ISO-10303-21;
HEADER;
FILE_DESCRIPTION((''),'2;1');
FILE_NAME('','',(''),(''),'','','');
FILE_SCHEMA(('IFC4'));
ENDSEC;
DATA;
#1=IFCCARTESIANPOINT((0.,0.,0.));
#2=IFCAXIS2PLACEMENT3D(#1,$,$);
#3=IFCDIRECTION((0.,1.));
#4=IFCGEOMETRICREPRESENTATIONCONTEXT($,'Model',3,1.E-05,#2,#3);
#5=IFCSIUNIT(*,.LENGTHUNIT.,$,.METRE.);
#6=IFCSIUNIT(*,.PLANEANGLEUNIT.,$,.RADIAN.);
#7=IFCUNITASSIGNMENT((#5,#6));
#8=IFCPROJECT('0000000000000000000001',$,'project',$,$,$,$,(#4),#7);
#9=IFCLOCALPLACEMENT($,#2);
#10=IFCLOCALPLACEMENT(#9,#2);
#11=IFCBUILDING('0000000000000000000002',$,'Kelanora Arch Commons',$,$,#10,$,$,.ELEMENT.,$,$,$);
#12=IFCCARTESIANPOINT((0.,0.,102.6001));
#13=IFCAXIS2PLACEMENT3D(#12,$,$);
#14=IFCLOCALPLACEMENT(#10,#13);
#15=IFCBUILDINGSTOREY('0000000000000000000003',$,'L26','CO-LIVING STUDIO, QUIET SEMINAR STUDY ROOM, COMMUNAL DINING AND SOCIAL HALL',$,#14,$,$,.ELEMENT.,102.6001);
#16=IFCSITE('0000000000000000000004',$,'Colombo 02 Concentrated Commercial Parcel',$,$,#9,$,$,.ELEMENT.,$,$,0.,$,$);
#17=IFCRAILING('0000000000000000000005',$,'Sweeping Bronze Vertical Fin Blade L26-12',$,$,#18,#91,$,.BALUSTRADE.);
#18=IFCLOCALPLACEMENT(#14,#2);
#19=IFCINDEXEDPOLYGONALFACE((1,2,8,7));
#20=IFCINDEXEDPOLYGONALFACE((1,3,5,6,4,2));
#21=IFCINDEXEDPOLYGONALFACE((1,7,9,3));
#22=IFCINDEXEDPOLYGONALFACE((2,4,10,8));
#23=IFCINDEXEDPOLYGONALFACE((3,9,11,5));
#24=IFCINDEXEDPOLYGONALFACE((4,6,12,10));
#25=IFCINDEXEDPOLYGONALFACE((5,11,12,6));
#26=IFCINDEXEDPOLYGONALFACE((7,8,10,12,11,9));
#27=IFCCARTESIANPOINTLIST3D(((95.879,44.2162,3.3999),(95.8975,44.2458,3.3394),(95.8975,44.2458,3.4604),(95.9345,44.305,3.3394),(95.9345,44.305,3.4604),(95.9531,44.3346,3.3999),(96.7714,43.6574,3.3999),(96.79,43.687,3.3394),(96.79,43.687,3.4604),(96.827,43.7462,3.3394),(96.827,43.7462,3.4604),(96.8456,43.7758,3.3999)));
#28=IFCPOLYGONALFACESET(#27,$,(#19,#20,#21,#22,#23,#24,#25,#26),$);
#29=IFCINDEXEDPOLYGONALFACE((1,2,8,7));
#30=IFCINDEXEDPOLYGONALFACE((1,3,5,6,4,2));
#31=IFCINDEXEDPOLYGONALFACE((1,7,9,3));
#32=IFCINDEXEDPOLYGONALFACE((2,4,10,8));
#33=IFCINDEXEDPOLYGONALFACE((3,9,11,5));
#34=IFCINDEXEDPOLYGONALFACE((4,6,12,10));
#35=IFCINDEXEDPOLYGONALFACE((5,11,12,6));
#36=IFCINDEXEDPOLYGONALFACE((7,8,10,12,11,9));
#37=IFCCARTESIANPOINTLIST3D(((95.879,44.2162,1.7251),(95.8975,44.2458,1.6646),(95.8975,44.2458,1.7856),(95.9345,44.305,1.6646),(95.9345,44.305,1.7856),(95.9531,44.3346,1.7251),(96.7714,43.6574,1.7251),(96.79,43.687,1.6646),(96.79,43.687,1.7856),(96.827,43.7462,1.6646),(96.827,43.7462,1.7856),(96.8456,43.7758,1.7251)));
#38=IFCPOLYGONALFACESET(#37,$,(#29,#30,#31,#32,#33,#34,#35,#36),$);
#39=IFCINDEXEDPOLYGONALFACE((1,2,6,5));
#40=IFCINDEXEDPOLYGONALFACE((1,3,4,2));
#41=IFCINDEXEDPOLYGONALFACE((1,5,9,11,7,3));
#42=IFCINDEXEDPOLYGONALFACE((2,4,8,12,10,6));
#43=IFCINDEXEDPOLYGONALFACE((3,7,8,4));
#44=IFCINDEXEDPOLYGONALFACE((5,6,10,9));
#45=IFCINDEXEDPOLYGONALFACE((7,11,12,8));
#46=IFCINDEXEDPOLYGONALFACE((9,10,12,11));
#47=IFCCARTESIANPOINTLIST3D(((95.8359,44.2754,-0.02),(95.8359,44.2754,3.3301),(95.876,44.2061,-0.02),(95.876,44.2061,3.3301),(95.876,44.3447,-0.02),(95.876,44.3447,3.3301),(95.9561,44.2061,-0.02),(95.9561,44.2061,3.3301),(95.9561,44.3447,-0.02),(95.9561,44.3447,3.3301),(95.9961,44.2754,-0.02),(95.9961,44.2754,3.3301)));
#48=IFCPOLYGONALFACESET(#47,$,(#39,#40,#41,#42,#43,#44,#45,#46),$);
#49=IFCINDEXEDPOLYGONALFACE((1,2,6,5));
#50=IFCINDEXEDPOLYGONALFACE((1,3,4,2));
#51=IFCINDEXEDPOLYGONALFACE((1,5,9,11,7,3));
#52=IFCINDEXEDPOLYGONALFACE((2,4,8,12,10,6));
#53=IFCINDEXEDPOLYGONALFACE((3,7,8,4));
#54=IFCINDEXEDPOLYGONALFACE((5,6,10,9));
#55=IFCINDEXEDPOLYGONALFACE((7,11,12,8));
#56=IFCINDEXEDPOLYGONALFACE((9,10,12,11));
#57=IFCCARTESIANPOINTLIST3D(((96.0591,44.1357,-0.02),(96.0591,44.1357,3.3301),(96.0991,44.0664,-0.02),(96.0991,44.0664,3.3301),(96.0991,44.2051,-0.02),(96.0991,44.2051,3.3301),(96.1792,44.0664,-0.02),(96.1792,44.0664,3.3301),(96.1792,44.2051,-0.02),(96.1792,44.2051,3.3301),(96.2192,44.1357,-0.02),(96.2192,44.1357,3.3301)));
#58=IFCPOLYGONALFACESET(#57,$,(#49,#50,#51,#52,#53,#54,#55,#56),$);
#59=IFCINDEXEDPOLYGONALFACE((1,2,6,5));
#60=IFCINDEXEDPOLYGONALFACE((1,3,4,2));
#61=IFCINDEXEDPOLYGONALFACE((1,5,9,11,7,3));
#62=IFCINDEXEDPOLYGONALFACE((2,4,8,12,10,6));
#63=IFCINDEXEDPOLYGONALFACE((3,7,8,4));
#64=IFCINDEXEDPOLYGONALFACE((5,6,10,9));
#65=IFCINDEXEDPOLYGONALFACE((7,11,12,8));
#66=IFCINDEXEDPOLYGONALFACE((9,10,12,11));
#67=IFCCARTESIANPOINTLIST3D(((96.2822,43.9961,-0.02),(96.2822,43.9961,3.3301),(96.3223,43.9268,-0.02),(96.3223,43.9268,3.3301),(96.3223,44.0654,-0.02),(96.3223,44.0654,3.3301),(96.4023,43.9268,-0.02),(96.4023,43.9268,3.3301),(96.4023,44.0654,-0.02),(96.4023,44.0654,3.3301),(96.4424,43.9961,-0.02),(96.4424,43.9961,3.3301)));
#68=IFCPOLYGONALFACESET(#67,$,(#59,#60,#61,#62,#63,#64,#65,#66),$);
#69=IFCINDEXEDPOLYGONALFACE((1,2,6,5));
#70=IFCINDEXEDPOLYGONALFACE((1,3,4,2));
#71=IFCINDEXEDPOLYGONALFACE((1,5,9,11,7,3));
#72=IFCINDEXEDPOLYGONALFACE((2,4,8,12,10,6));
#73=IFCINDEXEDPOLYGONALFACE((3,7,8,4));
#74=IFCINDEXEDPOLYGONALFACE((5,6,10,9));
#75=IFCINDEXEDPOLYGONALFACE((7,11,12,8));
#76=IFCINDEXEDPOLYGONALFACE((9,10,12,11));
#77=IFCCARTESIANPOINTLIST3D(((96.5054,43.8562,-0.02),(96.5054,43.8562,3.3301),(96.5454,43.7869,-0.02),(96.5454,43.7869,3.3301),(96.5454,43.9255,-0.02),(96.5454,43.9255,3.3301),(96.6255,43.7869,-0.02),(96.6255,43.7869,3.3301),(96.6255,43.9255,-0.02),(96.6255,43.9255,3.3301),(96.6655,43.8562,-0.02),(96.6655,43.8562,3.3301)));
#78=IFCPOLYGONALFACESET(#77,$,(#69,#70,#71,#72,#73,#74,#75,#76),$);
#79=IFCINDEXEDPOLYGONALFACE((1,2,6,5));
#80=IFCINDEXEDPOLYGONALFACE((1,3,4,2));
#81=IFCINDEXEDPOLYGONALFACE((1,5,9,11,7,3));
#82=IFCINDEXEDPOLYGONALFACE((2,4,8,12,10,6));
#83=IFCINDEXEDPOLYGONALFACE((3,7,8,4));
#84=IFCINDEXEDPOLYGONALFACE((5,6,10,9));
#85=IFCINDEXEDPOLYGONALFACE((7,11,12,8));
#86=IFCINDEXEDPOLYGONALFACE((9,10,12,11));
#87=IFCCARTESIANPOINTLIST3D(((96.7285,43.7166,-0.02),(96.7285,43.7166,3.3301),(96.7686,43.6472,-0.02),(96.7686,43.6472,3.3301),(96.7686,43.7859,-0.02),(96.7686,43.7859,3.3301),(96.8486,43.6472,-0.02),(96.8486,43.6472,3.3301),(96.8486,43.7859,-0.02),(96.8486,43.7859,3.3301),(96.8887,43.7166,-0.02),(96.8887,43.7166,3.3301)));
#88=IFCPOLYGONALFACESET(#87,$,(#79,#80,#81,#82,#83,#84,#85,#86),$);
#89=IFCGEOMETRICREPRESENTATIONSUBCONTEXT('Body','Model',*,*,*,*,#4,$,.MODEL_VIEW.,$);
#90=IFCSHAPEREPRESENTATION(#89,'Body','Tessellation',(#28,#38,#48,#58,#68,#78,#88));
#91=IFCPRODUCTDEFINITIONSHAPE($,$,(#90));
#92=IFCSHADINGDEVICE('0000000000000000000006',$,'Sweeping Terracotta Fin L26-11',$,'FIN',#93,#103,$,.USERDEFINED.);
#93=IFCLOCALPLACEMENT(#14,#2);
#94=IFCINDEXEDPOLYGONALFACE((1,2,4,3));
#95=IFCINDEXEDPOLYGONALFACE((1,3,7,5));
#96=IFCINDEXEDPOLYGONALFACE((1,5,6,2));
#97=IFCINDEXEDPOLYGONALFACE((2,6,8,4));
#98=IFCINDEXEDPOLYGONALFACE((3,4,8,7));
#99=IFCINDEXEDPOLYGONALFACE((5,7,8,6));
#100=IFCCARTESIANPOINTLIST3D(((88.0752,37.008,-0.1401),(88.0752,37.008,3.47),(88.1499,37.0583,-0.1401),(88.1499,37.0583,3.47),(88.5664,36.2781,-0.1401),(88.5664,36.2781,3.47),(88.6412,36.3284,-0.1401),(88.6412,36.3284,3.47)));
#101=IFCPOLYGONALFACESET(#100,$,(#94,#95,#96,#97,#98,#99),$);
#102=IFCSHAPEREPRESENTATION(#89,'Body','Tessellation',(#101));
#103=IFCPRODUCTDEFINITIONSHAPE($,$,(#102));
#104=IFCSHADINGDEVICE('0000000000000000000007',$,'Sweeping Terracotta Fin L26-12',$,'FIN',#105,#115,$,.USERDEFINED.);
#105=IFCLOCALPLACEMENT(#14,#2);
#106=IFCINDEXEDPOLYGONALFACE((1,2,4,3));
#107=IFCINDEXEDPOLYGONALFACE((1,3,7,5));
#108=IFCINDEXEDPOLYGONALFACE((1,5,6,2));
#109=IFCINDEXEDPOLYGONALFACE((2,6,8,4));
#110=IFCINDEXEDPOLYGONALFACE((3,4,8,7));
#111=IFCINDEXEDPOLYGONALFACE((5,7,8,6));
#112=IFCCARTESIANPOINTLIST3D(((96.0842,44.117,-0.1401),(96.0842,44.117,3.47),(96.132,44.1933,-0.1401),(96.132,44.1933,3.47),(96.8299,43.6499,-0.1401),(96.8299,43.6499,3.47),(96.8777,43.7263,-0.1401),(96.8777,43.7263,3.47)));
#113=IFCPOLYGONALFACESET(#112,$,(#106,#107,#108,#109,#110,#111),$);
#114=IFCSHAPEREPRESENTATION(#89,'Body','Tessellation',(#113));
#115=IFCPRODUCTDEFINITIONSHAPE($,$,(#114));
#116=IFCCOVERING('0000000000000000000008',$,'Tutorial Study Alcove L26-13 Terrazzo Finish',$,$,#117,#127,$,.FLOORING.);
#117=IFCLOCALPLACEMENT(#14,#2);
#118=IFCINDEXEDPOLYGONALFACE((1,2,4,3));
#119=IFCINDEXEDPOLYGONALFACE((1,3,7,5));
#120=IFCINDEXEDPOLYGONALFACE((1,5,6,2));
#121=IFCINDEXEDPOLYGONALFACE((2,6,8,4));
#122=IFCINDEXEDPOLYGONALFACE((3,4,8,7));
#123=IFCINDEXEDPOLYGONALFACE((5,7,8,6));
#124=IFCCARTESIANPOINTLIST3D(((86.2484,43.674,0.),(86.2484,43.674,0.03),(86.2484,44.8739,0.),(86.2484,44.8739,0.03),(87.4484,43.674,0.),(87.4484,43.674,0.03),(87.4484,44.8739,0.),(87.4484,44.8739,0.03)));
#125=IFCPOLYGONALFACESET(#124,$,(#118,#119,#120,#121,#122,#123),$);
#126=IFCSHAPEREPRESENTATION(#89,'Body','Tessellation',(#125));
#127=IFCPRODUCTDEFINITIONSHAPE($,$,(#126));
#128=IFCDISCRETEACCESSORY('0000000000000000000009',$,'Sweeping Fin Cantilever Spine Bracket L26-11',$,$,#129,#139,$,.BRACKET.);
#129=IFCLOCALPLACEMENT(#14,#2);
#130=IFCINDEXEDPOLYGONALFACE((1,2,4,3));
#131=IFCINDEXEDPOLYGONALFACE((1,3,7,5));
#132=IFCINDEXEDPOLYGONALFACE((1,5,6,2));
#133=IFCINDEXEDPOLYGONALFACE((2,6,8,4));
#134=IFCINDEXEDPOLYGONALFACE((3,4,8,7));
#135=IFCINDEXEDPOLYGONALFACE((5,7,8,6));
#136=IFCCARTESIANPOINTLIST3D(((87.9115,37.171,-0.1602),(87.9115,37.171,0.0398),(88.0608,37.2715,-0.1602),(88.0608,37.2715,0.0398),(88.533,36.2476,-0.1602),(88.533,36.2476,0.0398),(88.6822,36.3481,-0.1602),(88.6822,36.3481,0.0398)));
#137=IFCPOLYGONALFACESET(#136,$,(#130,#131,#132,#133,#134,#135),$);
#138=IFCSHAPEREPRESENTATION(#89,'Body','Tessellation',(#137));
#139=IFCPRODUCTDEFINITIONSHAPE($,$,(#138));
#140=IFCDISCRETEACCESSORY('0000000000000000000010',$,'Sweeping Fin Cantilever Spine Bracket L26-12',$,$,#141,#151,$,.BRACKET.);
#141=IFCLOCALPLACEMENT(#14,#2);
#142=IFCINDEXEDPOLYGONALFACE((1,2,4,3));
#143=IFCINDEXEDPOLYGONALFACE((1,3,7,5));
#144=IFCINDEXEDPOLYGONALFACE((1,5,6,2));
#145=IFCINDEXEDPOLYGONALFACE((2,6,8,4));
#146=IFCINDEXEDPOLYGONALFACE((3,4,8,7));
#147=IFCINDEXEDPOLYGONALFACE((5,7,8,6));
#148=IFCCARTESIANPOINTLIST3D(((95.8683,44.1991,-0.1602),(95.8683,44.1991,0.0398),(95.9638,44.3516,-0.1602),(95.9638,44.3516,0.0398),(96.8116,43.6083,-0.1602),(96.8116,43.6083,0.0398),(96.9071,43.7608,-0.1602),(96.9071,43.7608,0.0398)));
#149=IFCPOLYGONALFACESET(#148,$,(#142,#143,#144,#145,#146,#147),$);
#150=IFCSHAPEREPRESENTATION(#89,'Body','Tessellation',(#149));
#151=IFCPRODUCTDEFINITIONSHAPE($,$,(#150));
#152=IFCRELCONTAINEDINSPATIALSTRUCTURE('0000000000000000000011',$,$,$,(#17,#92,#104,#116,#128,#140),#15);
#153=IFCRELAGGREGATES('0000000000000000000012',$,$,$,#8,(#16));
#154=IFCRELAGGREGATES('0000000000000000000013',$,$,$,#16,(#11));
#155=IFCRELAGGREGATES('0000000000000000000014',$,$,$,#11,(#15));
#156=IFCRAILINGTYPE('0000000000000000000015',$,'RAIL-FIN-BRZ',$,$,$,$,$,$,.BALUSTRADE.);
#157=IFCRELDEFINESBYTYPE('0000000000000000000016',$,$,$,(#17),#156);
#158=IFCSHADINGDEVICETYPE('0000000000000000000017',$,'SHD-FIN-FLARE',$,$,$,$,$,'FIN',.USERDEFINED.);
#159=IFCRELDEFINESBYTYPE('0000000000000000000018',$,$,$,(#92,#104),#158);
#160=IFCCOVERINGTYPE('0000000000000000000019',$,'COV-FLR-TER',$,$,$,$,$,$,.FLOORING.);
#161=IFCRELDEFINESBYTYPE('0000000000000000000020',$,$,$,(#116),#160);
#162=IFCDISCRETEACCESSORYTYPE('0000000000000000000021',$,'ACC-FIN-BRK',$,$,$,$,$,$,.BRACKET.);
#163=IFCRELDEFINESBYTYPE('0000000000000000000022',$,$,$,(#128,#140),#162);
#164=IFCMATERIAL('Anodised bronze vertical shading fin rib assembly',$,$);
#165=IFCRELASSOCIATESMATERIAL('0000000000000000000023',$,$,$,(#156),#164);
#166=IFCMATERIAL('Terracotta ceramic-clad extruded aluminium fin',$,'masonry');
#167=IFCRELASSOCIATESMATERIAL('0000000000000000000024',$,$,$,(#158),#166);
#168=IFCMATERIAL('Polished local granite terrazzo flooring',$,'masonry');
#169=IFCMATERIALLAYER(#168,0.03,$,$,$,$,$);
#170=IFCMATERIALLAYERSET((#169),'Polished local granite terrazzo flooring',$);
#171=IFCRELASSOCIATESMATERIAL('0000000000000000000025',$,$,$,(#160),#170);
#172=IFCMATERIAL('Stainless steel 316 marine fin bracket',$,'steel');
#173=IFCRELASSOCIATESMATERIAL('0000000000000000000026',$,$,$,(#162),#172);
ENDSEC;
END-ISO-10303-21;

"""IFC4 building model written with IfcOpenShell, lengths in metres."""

from ifc_helpers import new_model, si_unit, direction, frame, origin, origin_2d, place, context, subcontext, project, spatial, polyline, rectangle, outline, extrude, source, transform, mapped, material, layer, layer_set, type_object, element, save


model = new_model("IFC4")

# Units and contexts
model_context = context("Model", 3, precision=1e-05, world=origin(), true_north=direction((0.0, 1.0)))
body_context = subcontext(model_context, "Body", "Model", "MODEL_VIEW")
ifc_project = project(units=[si_unit("LENGTHUNIT", "METRE"), si_unit("PLANEANGLEUNIT", "RADIAN")], contexts=[model_context])

# Site, building, storey
site_placement = place(None, origin())
site = spatial("IfcSite", under=ifc_project, at=site_placement, Name="Colombo 02 Concentrated Commercial Parcel", CompositionType="ELEMENT", RefElevation=0.0)
building_placement = place(site_placement, origin())
building = spatial("IfcBuilding", under=site, at=building_placement, Name="Kelanora Arch Commons", CompositionType="ELEMENT")
storey_placement = place(building_placement, frame((0.0, 0.0, 102.6001)))
storey = spatial("IfcBuildingStorey", under=building, at=storey_placement, Name="L26", Description="CO-LIVING STUDIO, QUIET SEMINAR STUDY ROOM, COMMUNAL DINING AND SOCIAL HALL", CompositionType="ELEMENT", Elevation=102.6001)

# Railing
ifc_material_1 = material(Name="Anodised bronze vertical shading fin rib assembly")
railing_type = type_object("IfcRailingType", Name="RAIL-FIN-BRZ", PredefinedType="BALUSTRADE", material=ifc_material_1)
railing_1_placement = place(storey_placement, frame((95.916, 44.2754, -0.02)))
element("IfcRailing", 1, at=railing_1_placement, inside=storey, type_object=railing_type, Name="Sweeping Bronze Vertical Fin Blade L26-12", PredefinedType="BALUSTRADE", context=body_context, shape_type="SweptSolid", body=[
    extrude(outline(polyline([(0.0698, 0.0), (0.0349, 0.0605), (-0.0349, 0.0605), (-0.0698, 0.0), (-0.0349, -0.0605), (0.0349, -0.0605), (0.0698, 0.0)])), frame((0.0, 0.0, 3.4199), z_axis=(0.847581, -0.530666, 0.0), x_axis=(0.530666, 0.847581, 0.0)), (0.0, 0.0, 1.0), 1.053),
    extrude(outline(polyline([(0.0698, 0.0), (0.0349, 0.0605), (-0.0349, 0.0605), (-0.0698, 0.0), (-0.0349, -0.0605), (0.0349, -0.0605), (0.0698, 0.0)])), frame((0.0, 0.0, 1.7451), z_axis=(0.847581, -0.530666, 0.0), x_axis=(0.530666, 0.847581, 0.0)), (0.0, 0.0, 1.0), 1.053),
    extrude(outline(polyline([(0.0801, 0.0), (0.04, 0.0693), (-0.04, 0.0693), (-0.0801, 0.0), (-0.04, -0.0693), (0.04, -0.0693), (0.0801, 0.0)])), origin(), (0.0, 0.0, 1.0), 3.3501),
    extrude(outline(polyline([(0.0801, 0.0), (0.04, 0.0693), (-0.04, 0.0693), (-0.0801, 0.0), (-0.04, -0.0693), (0.04, -0.0693), (0.0801, 0.0)])), frame((0.2231, -0.1396, 0.0)), (0.0, 0.0, 1.0), 3.3501),
    extrude(outline(polyline([(0.0801, 0.0), (0.04, 0.0693), (-0.04, 0.0693), (-0.0801, 0.0), (-0.04, -0.0693), (0.04, -0.0693), (0.0801, 0.0)])), frame((0.4463, -0.2793, 0.0)), (0.0, 0.0, 1.0), 3.3501),
    extrude(outline(polyline([(0.0801, 0.0), (0.04, 0.0693), (-0.04, 0.0693), (-0.0801, 0.0), (-0.04, -0.0693), (0.04, -0.0693), (0.0801, 0.0)])), frame((0.6694, -0.4192, 0.0)), (0.0, 0.0, 1.0), 3.3501),
    extrude(outline(polyline([(0.0801, 0.0), (0.04, 0.0693), (-0.04, 0.0693), (-0.0801, 0.0), (-0.04, -0.0693), (0.04, -0.0693), (0.0801, 0.0)])), frame((0.8926, -0.5588, 0.0)), (0.0, 0.0, 1.0), 3.3501),
])

# Shading devices
ifc_material_2 = material(Name="Terracotta ceramic-clad extruded aluminium fin", Category="masonry")
shading_device_type = type_object("IfcShadingDeviceType", Name="SHD-FIN-FLARE", ElementType="FIN", PredefinedType="USERDEFINED", material=ifc_material_2)
shared_shape_1 = source(origin(), body_context, "Body", "SweptSolid", [
    extrude(rectangle(XDim=0.8799, YDim=0.0901, at=origin_2d()), origin(), (0.0, 0.0, 1.0), 3.6101),
])
for number, where, z_axis, x_axis, name in (
    (2, (88.3582, 36.6682, -0.1401), (0.0, 0.0, 1.0), (0.558324, -0.829623, 0.0), "Sweeping Terracotta Fin L26-11"),
    (3, (96.481, 43.9216, -0.1401), (0.0, 0.0, 1.0), (0.847493, -0.530807, 0.0), "Sweeping Terracotta Fin L26-12"),
):
    element("IfcShadingDevice", number, at=place(storey_placement, frame(where, z_axis=z_axis, x_axis=x_axis)), inside=storey, type_object=shading_device_type, Name=name, ObjectType="FIN", PredefinedType="USERDEFINED", context=body_context, shape_type="MappedRepresentation", body=[
        mapped(shared_shape_1, transform((0.0, 0.0, 0.0), scale=1.0)),
    ])

# Covering
ifc_material_3 = material(Name="Polished local granite terrazzo flooring", Category="masonry")
ifc_layer_1 = layer(ifc_material_3, 0.03)
ifc_layer_set_1 = layer_set([ifc_layer_1], Name="Polished local granite terrazzo flooring")
covering_type = type_object("IfcCoveringType", Name="COV-FLR-TER", PredefinedType="FLOORING", material=ifc_layer_set_1)
shared_shape_2 = source(origin(), body_context, "Body", "SweptSolid", [
    extrude(rectangle(XDim=1.2, YDim=1.2, at=origin_2d()), origin(), (0.0, 0.0, 1.0), 0.03),
])
covering_placement = place(storey_placement, frame((86.8484, 44.2739, 0.0), z_axis=(0.0, 0.0, 1.0), x_axis=(1.0, 0.0, 0.0)))
element("IfcCovering", 4, at=covering_placement, inside=storey, type_object=covering_type, Name="Tutorial Study Alcove L26-13 Terrazzo Finish", PredefinedType="FLOORING", context=body_context, shape_type="MappedRepresentation", body=[
    mapped(shared_shape_2, transform((0.0, 0.0, 0.0), scale=1.0)),
])

# Discrete accessories
ifc_material_4 = material(Name="Stainless steel 316 marine fin bracket", Category="steel")
discrete_accessory_type = type_object("IfcDiscreteAccessoryType", Name="ACC-FIN-BRK", PredefinedType="BRACKET", material=ifc_material_4)
shared_shape_3 = source(origin(), body_context, "Body", "SweptSolid", [
    extrude(rectangle(XDim=1.113, YDim=0.1799, at=origin_2d()), origin(), (0.0, 0.0, 1.0), 0.2),
])
for number, where, z_axis, x_axis, name in (
    (5, (88.2969, 36.7595, -0.1602), (0.0, 0.0, 1.0), (0.558324, -0.829623, 0.0), "Sweeping Fin Cantilever Spine Bracket L26-11"),
    (6, (96.3877, 43.98, -0.1602), (0.0, 0.0, 1.0), (0.847493, -0.530807, 0.0), "Sweeping Fin Cantilever Spine Bracket L26-12"),
):
    element("IfcDiscreteAccessory", number, at=place(storey_placement, frame(where, z_axis=z_axis, x_axis=x_axis)), inside=storey, type_object=discrete_accessory_type, Name=name, PredefinedType="BRACKET", context=body_context, shape_type="MappedRepresentation", body=[
        mapped(shared_shape_3, transform((0.0, 0.0, 0.0), scale=1.0)),
    ])

save(model, "model.ifc")
